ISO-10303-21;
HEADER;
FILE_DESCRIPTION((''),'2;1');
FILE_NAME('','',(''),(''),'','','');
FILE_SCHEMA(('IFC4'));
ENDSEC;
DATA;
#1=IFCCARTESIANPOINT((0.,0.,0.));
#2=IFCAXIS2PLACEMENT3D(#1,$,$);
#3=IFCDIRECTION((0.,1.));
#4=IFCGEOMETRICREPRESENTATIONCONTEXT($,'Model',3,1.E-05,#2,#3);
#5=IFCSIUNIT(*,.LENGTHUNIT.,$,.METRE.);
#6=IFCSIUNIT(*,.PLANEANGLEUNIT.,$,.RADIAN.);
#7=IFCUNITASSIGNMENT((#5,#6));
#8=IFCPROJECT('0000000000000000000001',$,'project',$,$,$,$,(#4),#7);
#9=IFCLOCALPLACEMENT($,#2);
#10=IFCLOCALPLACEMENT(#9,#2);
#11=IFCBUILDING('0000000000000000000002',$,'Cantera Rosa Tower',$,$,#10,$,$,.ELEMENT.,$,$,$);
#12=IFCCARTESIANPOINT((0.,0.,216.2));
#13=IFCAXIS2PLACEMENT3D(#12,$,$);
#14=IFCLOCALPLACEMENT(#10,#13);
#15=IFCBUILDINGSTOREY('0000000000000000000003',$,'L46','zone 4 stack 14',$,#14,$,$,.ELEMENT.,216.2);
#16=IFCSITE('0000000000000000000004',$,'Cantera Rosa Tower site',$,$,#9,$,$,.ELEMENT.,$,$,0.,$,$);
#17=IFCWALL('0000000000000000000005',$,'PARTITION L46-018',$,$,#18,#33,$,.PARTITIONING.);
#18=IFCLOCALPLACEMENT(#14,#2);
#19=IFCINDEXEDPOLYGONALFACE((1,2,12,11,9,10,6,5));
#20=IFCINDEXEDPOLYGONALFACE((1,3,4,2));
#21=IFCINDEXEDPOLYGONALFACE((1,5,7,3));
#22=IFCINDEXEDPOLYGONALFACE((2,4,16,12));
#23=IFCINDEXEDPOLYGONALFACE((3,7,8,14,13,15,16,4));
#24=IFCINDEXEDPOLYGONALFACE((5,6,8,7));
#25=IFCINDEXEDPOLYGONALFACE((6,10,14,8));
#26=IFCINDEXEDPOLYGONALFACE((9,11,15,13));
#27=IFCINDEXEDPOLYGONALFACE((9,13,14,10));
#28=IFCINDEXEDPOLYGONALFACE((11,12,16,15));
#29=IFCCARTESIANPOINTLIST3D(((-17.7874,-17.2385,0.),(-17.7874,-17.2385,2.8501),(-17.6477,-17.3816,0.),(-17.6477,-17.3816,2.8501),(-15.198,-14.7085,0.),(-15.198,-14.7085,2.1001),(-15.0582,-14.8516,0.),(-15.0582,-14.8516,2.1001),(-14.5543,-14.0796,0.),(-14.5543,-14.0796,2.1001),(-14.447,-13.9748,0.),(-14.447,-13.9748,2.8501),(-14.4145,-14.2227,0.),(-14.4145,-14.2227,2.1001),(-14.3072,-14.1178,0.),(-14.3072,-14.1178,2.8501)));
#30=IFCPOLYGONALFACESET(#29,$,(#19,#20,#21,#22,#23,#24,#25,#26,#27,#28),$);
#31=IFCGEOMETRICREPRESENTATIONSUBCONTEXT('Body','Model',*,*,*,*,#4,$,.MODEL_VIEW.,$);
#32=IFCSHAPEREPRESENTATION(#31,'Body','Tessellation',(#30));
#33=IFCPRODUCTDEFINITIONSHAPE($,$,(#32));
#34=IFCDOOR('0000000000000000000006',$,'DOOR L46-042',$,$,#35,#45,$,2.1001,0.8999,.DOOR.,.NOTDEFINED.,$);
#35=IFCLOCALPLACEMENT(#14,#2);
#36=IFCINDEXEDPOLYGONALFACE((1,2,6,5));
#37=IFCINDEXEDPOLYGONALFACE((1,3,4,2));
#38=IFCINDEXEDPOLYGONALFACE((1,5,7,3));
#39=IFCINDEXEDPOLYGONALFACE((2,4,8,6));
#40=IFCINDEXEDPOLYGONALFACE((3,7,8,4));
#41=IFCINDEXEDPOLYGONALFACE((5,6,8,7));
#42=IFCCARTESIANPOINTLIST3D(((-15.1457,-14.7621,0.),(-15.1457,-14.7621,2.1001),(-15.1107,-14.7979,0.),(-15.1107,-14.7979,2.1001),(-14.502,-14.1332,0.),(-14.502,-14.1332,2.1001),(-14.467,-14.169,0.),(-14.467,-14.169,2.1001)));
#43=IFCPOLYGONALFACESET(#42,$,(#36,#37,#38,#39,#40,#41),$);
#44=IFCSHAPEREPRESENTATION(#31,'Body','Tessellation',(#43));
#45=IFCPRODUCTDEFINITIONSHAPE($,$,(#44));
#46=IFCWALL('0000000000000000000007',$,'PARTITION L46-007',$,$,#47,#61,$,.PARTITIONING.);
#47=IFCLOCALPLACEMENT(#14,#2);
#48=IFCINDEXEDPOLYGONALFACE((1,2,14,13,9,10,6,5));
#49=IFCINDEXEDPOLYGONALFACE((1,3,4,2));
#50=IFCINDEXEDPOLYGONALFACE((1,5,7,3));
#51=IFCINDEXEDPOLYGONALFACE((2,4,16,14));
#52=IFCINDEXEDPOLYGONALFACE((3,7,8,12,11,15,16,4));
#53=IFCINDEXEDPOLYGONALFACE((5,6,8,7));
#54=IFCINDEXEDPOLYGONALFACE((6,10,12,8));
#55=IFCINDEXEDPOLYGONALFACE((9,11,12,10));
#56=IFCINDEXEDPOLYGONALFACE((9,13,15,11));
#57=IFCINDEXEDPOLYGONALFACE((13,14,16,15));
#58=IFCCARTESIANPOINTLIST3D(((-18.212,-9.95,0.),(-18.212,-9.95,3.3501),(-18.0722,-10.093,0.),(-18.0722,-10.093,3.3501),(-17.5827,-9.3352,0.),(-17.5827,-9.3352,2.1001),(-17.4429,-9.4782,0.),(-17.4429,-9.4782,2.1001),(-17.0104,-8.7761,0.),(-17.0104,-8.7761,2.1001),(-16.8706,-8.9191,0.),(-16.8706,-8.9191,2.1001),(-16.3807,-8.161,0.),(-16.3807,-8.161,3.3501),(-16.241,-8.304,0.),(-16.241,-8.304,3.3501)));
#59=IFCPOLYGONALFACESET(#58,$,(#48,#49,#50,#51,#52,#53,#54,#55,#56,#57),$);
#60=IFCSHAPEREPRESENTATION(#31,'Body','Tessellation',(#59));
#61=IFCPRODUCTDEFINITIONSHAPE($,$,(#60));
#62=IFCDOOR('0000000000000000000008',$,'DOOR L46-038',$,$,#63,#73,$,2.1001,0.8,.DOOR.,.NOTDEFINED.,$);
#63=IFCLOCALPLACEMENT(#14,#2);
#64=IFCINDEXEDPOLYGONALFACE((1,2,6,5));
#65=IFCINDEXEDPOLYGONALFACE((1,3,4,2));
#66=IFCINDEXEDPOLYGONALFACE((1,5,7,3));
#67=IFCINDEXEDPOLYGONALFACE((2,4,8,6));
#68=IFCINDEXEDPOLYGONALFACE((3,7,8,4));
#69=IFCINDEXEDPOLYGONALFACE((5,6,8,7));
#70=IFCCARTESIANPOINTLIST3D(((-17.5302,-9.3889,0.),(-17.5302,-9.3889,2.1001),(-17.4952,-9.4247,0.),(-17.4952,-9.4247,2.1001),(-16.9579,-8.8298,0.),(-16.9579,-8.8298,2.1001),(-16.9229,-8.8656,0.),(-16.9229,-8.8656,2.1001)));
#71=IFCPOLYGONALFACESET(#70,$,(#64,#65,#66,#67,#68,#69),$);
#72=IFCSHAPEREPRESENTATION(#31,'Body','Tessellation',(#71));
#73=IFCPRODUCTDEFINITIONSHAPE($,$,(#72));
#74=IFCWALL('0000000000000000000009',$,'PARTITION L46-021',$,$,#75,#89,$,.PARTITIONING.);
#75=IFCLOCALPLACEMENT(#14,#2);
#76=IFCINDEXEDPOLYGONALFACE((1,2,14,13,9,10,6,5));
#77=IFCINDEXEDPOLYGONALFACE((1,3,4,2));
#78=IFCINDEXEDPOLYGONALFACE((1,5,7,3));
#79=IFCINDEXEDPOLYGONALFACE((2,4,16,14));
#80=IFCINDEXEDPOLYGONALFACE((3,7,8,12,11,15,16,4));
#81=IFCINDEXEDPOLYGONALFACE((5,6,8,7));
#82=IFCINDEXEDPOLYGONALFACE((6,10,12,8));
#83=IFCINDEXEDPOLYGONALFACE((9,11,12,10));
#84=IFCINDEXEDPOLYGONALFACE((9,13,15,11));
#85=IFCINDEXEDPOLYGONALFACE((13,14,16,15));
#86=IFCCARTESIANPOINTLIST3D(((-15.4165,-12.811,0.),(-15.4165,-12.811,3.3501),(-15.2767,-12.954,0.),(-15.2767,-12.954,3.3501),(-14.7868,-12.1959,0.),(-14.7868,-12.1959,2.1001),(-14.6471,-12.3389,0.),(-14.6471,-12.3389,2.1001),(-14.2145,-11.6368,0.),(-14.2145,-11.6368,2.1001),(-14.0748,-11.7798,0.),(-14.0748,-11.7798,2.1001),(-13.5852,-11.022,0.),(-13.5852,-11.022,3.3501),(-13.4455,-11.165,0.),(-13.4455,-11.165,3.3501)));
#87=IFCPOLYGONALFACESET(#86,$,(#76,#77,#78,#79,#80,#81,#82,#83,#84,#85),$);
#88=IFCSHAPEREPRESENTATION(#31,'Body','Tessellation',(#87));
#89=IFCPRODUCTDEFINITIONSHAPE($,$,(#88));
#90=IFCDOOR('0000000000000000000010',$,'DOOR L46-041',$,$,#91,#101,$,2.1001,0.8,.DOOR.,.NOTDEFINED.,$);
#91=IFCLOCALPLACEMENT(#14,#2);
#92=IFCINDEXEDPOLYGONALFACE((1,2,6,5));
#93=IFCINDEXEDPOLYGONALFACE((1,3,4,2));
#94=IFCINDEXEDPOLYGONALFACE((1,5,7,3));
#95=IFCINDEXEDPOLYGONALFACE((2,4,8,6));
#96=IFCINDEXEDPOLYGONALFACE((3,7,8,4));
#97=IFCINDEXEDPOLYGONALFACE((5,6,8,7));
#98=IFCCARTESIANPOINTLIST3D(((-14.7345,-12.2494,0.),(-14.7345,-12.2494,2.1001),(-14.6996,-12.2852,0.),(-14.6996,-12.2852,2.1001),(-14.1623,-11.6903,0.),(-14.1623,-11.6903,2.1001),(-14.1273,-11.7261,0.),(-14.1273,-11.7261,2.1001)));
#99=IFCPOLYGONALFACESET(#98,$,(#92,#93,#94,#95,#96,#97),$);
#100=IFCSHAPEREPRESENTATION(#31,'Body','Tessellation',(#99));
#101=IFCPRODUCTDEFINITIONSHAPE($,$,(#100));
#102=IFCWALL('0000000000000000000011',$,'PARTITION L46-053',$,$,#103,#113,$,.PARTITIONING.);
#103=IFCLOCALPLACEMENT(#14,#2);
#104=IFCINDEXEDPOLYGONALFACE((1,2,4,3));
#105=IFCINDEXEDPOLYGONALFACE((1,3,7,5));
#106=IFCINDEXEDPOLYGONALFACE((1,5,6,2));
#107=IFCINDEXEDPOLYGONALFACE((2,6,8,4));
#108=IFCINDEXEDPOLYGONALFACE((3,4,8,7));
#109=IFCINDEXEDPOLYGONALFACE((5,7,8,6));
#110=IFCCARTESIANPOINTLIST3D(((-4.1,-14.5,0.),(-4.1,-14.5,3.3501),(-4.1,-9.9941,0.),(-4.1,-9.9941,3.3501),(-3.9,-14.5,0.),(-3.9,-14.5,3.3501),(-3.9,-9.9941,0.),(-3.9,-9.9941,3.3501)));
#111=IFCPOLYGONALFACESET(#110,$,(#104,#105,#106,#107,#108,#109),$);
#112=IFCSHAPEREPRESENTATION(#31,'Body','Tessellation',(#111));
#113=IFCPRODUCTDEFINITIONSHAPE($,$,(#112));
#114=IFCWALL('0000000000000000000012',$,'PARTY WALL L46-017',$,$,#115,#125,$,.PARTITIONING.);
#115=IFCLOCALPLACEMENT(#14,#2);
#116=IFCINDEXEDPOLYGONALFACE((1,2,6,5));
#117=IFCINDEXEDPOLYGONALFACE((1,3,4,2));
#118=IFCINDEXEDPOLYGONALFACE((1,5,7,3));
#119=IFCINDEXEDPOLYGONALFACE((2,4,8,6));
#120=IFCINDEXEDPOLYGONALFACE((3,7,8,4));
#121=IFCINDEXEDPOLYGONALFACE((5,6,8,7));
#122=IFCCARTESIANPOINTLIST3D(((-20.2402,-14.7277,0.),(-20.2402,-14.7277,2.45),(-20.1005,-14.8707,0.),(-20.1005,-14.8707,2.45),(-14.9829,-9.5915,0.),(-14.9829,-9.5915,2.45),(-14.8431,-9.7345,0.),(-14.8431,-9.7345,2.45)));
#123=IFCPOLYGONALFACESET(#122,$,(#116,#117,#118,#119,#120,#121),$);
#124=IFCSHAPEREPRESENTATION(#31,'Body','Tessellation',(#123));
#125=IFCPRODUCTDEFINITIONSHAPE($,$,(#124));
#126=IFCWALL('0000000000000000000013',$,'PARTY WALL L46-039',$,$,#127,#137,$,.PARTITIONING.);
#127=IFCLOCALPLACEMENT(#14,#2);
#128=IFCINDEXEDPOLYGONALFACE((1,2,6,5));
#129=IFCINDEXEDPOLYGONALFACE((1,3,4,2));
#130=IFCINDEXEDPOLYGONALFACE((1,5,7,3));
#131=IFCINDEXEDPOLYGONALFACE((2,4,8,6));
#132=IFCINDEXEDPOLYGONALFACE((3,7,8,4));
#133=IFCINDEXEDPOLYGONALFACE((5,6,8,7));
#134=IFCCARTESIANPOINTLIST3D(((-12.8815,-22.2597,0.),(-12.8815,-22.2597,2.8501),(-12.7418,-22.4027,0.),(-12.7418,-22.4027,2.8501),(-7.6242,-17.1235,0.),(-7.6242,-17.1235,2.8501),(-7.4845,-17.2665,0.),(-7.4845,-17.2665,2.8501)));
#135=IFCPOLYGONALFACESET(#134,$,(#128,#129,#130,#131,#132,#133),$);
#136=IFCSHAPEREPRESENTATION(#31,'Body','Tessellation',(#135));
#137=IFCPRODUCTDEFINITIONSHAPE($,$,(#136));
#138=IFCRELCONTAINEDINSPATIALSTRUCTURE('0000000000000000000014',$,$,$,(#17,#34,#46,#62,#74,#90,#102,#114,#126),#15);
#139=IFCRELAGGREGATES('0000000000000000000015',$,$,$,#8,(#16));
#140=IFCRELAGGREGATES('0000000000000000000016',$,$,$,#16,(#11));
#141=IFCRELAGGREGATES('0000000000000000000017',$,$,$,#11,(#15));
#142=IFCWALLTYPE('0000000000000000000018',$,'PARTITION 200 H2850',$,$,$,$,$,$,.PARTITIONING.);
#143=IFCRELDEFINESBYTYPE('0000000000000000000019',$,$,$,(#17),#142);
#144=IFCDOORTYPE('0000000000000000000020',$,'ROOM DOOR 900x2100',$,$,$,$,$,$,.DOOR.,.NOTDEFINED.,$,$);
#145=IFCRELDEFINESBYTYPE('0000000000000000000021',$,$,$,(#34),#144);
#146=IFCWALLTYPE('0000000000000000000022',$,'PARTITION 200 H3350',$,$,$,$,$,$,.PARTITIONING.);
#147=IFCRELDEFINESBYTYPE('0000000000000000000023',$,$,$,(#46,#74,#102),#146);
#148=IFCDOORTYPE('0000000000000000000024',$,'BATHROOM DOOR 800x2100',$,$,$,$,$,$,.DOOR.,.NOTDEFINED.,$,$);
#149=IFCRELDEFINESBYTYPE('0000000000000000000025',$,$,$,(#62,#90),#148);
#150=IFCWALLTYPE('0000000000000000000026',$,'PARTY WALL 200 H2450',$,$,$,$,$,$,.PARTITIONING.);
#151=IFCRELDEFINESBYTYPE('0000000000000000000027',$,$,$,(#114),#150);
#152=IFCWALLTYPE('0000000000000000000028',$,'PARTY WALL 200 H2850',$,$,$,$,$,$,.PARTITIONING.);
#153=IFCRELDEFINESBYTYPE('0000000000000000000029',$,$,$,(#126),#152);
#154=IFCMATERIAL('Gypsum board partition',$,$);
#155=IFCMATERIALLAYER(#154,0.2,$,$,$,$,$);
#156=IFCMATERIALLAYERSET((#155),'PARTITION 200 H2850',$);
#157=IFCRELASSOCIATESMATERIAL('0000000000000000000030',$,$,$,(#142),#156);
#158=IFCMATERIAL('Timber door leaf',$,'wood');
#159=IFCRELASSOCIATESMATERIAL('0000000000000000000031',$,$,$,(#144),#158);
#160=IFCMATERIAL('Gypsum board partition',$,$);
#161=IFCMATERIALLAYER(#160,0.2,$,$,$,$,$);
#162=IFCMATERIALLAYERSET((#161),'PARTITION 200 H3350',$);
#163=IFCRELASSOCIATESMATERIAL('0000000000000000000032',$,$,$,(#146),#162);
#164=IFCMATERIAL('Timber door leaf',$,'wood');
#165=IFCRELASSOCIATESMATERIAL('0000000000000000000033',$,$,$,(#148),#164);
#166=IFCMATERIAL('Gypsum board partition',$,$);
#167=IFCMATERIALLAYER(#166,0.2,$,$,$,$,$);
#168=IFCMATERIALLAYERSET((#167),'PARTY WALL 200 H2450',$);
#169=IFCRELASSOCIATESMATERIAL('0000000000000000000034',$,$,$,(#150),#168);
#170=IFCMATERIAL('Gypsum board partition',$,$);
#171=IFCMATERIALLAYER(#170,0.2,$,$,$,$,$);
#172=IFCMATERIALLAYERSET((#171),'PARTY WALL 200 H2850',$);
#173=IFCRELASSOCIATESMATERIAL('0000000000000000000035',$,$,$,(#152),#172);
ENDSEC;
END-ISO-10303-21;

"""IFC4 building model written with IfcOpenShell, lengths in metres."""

from ifc_helpers import new_model, si_unit, direction, frame, frame_2d, origin, place, context, subcontext, project, spatial, rectangle, extrude, material, layer, layer_set, type_object, element, fill, save


model = new_model("IFC4")

# Units and contexts
model_context = context("Model", 3, precision=1e-05, world=origin(), true_north=direction((0.0, 1.0)))
body_context = subcontext(model_context, "Body", "Model", "MODEL_VIEW")
ifc_project = project(units=[si_unit("LENGTHUNIT", "METRE"), si_unit("PLANEANGLEUNIT", "RADIAN")], contexts=[model_context])

# Site, building, storey
site_placement = place(None, origin())
site = spatial("IfcSite", under=ifc_project, at=site_placement, Name="Cantera Rosa Tower site", CompositionType="ELEMENT", RefElevation=0.0)
building_placement = place(site_placement, origin())
building = spatial("IfcBuilding", under=site, at=building_placement, Name="Cantera Rosa Tower", CompositionType="ELEMENT")
storey_placement = place(building_placement, frame((0.0, 0.0, 216.2)))
storey = spatial("IfcBuildingStorey", under=building, at=storey_placement, Name="L46", Description="zone 4 stack 14", CompositionType="ELEMENT", Elevation=216.2)

# Walls, openings, doors
ifc_material_1 = material(Name="Gypsum board partition")
ifc_layer_1 = layer(ifc_material_1, 0.2)
ifc_layer_set_1 = layer_set([ifc_layer_1], Name="PARTITION 200 H2850")
wall_type_1 = type_object("IfcWallType", Name="PARTITION 200 H2850", PredefinedType="PARTITIONING", material=ifc_layer_set_1)
wall_1_placement = place(storey_placement, frame((-14.3772, -14.0464, 0.0), z_axis=(0.0, 0.0, 1.0), x_axis=(-0.715267, -0.698852, 0.0)))
wall_1 = element("IfcWall", 1, at=wall_1_placement, inside=storey, type_object=wall_type_1, Name="PARTITION L46-018", PredefinedType="PARTITIONING", context=body_context, shape_type="SweptSolid", body=[
    extrude(rectangle(XDim=4.6702, YDim=0.2, at=frame_2d((2.335, 0.0))), origin(), (0.0, 0.0, 1.0), 2.8501),
])
opening_1_placement = place(wall_1_placement, frame((0.1499, 0.0, 0.0)))
opening_1 = element("IfcOpeningElement", 2, at=opening_1_placement, cuts=wall_1, PredefinedType="OPENING", context=body_context, shape_type="SweptSolid", body=[
    extrude(rectangle(XDim=0.8999, YDim=2.1001, at=frame_2d((0.45, 1.05))), frame((0.0, 0.1099, 0.0), z_axis=(0.0, -1.0, 0.0), x_axis=(1.0, 0.0, 0.0)), (0.0, 0.0, 1.0), 0.22),
])
ifc_material_2 = material(Name="Timber door leaf", Category="wood")
door_type_1 = type_object("IfcDoorType", Name="ROOM DOOR 900x2100", OperationType="NOTDEFINED", PredefinedType="DOOR", material=ifc_material_2)
door_1_placement = place(opening_1_placement, origin())
door_1 = element("IfcDoor", 3, at=door_1_placement, inside=storey, type_object=door_type_1, Name="DOOR L46-042", OperationType="NOTDEFINED", OverallHeight=2.1001, OverallWidth=0.8999, PredefinedType="DOOR", context=body_context, shape_type="SweptSolid", body=[
    extrude(rectangle(XDim=0.8999, YDim=2.1001, at=frame_2d((0.45, 1.05))), frame((0.0, 0.0249, 0.0), z_axis=(0.0, -1.0, 0.0), x_axis=(1.0, 0.0, 0.0)), (0.0, 0.0, 1.0), 0.05),
])
fill(opening_1, door_1)
ifc_material_3 = material(Name="Gypsum board partition")
ifc_layer_2 = layer(ifc_material_3, 0.2)
ifc_layer_set_2 = layer_set([ifc_layer_2], Name="PARTITION 200 H3350")
wall_type_2 = type_object("IfcWallType", Name="PARTITION 200 H3350", PredefinedType="PARTITIONING", material=ifc_layer_set_2)
wall_2_placement = place(storey_placement, frame((-18.1421, -10.0215, 0.0), z_axis=(0.0, 0.0, 1.0), x_axis=(0.715307, 0.69881, 0.0)))
wall_2 = element("IfcWall", 4, at=wall_2_placement, inside=storey, type_object=wall_type_2, Name="PARTITION L46-007", PredefinedType="PARTITIONING", context=body_context, shape_type="SweptSolid", body=[
    extrude(rectangle(XDim=2.5601, YDim=0.2, at=frame_2d((1.28, 0.0))), origin(), (0.0, 0.0, 1.0), 3.3501),
])
opening_2_placement = place(wall_2_placement, frame((0.8799, 0.0, 0.0)))
opening_2 = element("IfcOpeningElement", 5, at=opening_2_placement, cuts=wall_2, PredefinedType="OPENING", context=body_context, shape_type="SweptSolid", body=[
    extrude(rectangle(XDim=0.8, YDim=2.1001, at=frame_2d((0.3999, 1.05))), frame((0.0, 0.1099, 0.0), z_axis=(0.0, -1.0, 0.0), x_axis=(1.0, 0.0, 0.0)), (0.0, 0.0, 1.0), 0.22),
])
ifc_material_4 = material(Name="Timber door leaf", Category="wood")
door_type_2 = type_object("IfcDoorType", Name="BATHROOM DOOR 800x2100", OperationType="NOTDEFINED", PredefinedType="DOOR", material=ifc_material_4)
door_2_placement = place(opening_2_placement, origin())
door_2 = element("IfcDoor", 6, at=door_2_placement, inside=storey, type_object=door_type_2, Name="DOOR L46-038", OperationType="NOTDEFINED", OverallHeight=2.1001, OverallWidth=0.8, PredefinedType="DOOR", context=body_context, shape_type="SweptSolid", body=[
    extrude(rectangle(XDim=0.8, YDim=2.1001, at=frame_2d((0.3999, 1.05))), frame((0.0, 0.0249, 0.0), z_axis=(0.0, -1.0, 0.0), x_axis=(1.0, 0.0, 0.0)), (0.0, 0.0, 1.0), 0.05),
])
fill(opening_2, door_2)
wall_3_placement = place(storey_placement, frame((-13.5154, -11.0935, 0.0), z_axis=(0.0, 0.0, 1.0), x_axis=(-0.715307, -0.69881, 0.0)))
wall_3 = element("IfcWall", 7, at=wall_3_placement, inside=storey, type_object=wall_type_2, Name="PARTITION L46-021", PredefinedType="PARTITIONING", context=body_context, shape_type="SweptSolid", body=[
    extrude(rectangle(XDim=2.5601, YDim=0.2, at=frame_2d((1.28, 0.0))), origin(), (0.0, 0.0, 1.0), 3.3501),
])
opening_3_placement = place(wall_3_placement, frame((0.8799, 0.0, 0.0)))
opening_3 = element("IfcOpeningElement", 8, at=opening_3_placement, cuts=wall_3, PredefinedType="OPENING", context=body_context, shape_type="SweptSolid", body=[
    extrude(rectangle(XDim=0.8, YDim=2.1001, at=frame_2d((0.3999, 1.05))), frame((0.0, 0.1099, 0.0), z_axis=(0.0, -1.0, 0.0), x_axis=(1.0, 0.0, 0.0)), (0.0, 0.0, 1.0), 0.22),
])
door_3_placement = place(opening_3_placement, origin())
door_3 = element("IfcDoor", 9, at=door_3_placement, inside=storey, type_object=door_type_2, Name="DOOR L46-041", OperationType="NOTDEFINED", OverallHeight=2.1001, OverallWidth=0.8, PredefinedType="DOOR", context=body_context, shape_type="SweptSolid", body=[
    extrude(rectangle(XDim=0.8, YDim=2.1001, at=frame_2d((0.3999, 1.05))), frame((0.0, 0.0249, 0.0), z_axis=(0.0, -1.0, 0.0), x_axis=(1.0, 0.0, 0.0)), (0.0, 0.0, 1.0), 0.05),
])
fill(opening_3, door_3)

# Walls
wall_4_placement = place(storey_placement, frame((-4.0, -9.9941, 0.0), z_axis=(0.0, 0.0, 1.0), x_axis=(0.0, -1.0, 0.0)))
element("IfcWall", 10, at=wall_4_placement, inside=storey, type_object=wall_type_2, Name="PARTITION L46-053", PredefinedType="PARTITIONING", context=body_context, shape_type="SweptSolid", body=[
    extrude(rectangle(XDim=4.5059, YDim=0.2, at=frame_2d((2.2529, 0.0))), origin(), (0.0, 0.0, 1.0), 3.3501),
])
ifc_material_5 = material(Name="Gypsum board partition")
ifc_layer_3 = layer(ifc_material_5, 0.2)
ifc_layer_set_3 = layer_set([ifc_layer_3], Name="PARTY WALL 200 H2450")
wall_type_3 = type_object("IfcWallType", Name="PARTY WALL 200 H2450", PredefinedType="PARTITIONING", material=ifc_layer_set_3)
wall_5_placement = place(storey_placement, frame((-14.9131, -9.6631, 0.0), z_axis=(0.0, 0.0, 1.0), x_axis=(-0.715297, -0.698821, 0.0)))
element("IfcWall", 11, at=wall_5_placement, inside=storey, type_object=wall_type_3, Name="PARTY WALL L46-017", PredefinedType="PARTITIONING", context=body_context, shape_type="SweptSolid", body=[
    extrude(rectangle(XDim=7.3499, YDim=0.2, at=frame_2d((3.6748, 0.0))), origin(), (0.0, 0.0, 1.0), 2.45),
])
ifc_material_6 = material(Name="Gypsum board partition")
ifc_layer_4 = layer(ifc_material_6, 0.2)
ifc_layer_set_4 = layer_set([ifc_layer_4], Name="PARTY WALL 200 H2850")
wall_type_4 = type_object("IfcWallType", Name="PARTY WALL 200 H2850", PredefinedType="PARTITIONING", material=ifc_layer_set_4)
wall_6_placement = place(storey_placement, frame((-7.5544, -17.1951, 0.0), z_axis=(0.0, 0.0, 1.0), x_axis=(-0.715297, -0.698821, 0.0)))
element("IfcWall", 12, at=wall_6_placement, inside=storey, type_object=wall_type_4, Name="PARTY WALL L46-039", PredefinedType="PARTITIONING", context=body_context, shape_type="SweptSolid", body=[
    extrude(rectangle(XDim=7.3499, YDim=0.2, at=frame_2d((3.6748, 0.0))), origin(), (0.0, 0.0, 1.0), 2.8501),
])

save(model, "model.ifc")
